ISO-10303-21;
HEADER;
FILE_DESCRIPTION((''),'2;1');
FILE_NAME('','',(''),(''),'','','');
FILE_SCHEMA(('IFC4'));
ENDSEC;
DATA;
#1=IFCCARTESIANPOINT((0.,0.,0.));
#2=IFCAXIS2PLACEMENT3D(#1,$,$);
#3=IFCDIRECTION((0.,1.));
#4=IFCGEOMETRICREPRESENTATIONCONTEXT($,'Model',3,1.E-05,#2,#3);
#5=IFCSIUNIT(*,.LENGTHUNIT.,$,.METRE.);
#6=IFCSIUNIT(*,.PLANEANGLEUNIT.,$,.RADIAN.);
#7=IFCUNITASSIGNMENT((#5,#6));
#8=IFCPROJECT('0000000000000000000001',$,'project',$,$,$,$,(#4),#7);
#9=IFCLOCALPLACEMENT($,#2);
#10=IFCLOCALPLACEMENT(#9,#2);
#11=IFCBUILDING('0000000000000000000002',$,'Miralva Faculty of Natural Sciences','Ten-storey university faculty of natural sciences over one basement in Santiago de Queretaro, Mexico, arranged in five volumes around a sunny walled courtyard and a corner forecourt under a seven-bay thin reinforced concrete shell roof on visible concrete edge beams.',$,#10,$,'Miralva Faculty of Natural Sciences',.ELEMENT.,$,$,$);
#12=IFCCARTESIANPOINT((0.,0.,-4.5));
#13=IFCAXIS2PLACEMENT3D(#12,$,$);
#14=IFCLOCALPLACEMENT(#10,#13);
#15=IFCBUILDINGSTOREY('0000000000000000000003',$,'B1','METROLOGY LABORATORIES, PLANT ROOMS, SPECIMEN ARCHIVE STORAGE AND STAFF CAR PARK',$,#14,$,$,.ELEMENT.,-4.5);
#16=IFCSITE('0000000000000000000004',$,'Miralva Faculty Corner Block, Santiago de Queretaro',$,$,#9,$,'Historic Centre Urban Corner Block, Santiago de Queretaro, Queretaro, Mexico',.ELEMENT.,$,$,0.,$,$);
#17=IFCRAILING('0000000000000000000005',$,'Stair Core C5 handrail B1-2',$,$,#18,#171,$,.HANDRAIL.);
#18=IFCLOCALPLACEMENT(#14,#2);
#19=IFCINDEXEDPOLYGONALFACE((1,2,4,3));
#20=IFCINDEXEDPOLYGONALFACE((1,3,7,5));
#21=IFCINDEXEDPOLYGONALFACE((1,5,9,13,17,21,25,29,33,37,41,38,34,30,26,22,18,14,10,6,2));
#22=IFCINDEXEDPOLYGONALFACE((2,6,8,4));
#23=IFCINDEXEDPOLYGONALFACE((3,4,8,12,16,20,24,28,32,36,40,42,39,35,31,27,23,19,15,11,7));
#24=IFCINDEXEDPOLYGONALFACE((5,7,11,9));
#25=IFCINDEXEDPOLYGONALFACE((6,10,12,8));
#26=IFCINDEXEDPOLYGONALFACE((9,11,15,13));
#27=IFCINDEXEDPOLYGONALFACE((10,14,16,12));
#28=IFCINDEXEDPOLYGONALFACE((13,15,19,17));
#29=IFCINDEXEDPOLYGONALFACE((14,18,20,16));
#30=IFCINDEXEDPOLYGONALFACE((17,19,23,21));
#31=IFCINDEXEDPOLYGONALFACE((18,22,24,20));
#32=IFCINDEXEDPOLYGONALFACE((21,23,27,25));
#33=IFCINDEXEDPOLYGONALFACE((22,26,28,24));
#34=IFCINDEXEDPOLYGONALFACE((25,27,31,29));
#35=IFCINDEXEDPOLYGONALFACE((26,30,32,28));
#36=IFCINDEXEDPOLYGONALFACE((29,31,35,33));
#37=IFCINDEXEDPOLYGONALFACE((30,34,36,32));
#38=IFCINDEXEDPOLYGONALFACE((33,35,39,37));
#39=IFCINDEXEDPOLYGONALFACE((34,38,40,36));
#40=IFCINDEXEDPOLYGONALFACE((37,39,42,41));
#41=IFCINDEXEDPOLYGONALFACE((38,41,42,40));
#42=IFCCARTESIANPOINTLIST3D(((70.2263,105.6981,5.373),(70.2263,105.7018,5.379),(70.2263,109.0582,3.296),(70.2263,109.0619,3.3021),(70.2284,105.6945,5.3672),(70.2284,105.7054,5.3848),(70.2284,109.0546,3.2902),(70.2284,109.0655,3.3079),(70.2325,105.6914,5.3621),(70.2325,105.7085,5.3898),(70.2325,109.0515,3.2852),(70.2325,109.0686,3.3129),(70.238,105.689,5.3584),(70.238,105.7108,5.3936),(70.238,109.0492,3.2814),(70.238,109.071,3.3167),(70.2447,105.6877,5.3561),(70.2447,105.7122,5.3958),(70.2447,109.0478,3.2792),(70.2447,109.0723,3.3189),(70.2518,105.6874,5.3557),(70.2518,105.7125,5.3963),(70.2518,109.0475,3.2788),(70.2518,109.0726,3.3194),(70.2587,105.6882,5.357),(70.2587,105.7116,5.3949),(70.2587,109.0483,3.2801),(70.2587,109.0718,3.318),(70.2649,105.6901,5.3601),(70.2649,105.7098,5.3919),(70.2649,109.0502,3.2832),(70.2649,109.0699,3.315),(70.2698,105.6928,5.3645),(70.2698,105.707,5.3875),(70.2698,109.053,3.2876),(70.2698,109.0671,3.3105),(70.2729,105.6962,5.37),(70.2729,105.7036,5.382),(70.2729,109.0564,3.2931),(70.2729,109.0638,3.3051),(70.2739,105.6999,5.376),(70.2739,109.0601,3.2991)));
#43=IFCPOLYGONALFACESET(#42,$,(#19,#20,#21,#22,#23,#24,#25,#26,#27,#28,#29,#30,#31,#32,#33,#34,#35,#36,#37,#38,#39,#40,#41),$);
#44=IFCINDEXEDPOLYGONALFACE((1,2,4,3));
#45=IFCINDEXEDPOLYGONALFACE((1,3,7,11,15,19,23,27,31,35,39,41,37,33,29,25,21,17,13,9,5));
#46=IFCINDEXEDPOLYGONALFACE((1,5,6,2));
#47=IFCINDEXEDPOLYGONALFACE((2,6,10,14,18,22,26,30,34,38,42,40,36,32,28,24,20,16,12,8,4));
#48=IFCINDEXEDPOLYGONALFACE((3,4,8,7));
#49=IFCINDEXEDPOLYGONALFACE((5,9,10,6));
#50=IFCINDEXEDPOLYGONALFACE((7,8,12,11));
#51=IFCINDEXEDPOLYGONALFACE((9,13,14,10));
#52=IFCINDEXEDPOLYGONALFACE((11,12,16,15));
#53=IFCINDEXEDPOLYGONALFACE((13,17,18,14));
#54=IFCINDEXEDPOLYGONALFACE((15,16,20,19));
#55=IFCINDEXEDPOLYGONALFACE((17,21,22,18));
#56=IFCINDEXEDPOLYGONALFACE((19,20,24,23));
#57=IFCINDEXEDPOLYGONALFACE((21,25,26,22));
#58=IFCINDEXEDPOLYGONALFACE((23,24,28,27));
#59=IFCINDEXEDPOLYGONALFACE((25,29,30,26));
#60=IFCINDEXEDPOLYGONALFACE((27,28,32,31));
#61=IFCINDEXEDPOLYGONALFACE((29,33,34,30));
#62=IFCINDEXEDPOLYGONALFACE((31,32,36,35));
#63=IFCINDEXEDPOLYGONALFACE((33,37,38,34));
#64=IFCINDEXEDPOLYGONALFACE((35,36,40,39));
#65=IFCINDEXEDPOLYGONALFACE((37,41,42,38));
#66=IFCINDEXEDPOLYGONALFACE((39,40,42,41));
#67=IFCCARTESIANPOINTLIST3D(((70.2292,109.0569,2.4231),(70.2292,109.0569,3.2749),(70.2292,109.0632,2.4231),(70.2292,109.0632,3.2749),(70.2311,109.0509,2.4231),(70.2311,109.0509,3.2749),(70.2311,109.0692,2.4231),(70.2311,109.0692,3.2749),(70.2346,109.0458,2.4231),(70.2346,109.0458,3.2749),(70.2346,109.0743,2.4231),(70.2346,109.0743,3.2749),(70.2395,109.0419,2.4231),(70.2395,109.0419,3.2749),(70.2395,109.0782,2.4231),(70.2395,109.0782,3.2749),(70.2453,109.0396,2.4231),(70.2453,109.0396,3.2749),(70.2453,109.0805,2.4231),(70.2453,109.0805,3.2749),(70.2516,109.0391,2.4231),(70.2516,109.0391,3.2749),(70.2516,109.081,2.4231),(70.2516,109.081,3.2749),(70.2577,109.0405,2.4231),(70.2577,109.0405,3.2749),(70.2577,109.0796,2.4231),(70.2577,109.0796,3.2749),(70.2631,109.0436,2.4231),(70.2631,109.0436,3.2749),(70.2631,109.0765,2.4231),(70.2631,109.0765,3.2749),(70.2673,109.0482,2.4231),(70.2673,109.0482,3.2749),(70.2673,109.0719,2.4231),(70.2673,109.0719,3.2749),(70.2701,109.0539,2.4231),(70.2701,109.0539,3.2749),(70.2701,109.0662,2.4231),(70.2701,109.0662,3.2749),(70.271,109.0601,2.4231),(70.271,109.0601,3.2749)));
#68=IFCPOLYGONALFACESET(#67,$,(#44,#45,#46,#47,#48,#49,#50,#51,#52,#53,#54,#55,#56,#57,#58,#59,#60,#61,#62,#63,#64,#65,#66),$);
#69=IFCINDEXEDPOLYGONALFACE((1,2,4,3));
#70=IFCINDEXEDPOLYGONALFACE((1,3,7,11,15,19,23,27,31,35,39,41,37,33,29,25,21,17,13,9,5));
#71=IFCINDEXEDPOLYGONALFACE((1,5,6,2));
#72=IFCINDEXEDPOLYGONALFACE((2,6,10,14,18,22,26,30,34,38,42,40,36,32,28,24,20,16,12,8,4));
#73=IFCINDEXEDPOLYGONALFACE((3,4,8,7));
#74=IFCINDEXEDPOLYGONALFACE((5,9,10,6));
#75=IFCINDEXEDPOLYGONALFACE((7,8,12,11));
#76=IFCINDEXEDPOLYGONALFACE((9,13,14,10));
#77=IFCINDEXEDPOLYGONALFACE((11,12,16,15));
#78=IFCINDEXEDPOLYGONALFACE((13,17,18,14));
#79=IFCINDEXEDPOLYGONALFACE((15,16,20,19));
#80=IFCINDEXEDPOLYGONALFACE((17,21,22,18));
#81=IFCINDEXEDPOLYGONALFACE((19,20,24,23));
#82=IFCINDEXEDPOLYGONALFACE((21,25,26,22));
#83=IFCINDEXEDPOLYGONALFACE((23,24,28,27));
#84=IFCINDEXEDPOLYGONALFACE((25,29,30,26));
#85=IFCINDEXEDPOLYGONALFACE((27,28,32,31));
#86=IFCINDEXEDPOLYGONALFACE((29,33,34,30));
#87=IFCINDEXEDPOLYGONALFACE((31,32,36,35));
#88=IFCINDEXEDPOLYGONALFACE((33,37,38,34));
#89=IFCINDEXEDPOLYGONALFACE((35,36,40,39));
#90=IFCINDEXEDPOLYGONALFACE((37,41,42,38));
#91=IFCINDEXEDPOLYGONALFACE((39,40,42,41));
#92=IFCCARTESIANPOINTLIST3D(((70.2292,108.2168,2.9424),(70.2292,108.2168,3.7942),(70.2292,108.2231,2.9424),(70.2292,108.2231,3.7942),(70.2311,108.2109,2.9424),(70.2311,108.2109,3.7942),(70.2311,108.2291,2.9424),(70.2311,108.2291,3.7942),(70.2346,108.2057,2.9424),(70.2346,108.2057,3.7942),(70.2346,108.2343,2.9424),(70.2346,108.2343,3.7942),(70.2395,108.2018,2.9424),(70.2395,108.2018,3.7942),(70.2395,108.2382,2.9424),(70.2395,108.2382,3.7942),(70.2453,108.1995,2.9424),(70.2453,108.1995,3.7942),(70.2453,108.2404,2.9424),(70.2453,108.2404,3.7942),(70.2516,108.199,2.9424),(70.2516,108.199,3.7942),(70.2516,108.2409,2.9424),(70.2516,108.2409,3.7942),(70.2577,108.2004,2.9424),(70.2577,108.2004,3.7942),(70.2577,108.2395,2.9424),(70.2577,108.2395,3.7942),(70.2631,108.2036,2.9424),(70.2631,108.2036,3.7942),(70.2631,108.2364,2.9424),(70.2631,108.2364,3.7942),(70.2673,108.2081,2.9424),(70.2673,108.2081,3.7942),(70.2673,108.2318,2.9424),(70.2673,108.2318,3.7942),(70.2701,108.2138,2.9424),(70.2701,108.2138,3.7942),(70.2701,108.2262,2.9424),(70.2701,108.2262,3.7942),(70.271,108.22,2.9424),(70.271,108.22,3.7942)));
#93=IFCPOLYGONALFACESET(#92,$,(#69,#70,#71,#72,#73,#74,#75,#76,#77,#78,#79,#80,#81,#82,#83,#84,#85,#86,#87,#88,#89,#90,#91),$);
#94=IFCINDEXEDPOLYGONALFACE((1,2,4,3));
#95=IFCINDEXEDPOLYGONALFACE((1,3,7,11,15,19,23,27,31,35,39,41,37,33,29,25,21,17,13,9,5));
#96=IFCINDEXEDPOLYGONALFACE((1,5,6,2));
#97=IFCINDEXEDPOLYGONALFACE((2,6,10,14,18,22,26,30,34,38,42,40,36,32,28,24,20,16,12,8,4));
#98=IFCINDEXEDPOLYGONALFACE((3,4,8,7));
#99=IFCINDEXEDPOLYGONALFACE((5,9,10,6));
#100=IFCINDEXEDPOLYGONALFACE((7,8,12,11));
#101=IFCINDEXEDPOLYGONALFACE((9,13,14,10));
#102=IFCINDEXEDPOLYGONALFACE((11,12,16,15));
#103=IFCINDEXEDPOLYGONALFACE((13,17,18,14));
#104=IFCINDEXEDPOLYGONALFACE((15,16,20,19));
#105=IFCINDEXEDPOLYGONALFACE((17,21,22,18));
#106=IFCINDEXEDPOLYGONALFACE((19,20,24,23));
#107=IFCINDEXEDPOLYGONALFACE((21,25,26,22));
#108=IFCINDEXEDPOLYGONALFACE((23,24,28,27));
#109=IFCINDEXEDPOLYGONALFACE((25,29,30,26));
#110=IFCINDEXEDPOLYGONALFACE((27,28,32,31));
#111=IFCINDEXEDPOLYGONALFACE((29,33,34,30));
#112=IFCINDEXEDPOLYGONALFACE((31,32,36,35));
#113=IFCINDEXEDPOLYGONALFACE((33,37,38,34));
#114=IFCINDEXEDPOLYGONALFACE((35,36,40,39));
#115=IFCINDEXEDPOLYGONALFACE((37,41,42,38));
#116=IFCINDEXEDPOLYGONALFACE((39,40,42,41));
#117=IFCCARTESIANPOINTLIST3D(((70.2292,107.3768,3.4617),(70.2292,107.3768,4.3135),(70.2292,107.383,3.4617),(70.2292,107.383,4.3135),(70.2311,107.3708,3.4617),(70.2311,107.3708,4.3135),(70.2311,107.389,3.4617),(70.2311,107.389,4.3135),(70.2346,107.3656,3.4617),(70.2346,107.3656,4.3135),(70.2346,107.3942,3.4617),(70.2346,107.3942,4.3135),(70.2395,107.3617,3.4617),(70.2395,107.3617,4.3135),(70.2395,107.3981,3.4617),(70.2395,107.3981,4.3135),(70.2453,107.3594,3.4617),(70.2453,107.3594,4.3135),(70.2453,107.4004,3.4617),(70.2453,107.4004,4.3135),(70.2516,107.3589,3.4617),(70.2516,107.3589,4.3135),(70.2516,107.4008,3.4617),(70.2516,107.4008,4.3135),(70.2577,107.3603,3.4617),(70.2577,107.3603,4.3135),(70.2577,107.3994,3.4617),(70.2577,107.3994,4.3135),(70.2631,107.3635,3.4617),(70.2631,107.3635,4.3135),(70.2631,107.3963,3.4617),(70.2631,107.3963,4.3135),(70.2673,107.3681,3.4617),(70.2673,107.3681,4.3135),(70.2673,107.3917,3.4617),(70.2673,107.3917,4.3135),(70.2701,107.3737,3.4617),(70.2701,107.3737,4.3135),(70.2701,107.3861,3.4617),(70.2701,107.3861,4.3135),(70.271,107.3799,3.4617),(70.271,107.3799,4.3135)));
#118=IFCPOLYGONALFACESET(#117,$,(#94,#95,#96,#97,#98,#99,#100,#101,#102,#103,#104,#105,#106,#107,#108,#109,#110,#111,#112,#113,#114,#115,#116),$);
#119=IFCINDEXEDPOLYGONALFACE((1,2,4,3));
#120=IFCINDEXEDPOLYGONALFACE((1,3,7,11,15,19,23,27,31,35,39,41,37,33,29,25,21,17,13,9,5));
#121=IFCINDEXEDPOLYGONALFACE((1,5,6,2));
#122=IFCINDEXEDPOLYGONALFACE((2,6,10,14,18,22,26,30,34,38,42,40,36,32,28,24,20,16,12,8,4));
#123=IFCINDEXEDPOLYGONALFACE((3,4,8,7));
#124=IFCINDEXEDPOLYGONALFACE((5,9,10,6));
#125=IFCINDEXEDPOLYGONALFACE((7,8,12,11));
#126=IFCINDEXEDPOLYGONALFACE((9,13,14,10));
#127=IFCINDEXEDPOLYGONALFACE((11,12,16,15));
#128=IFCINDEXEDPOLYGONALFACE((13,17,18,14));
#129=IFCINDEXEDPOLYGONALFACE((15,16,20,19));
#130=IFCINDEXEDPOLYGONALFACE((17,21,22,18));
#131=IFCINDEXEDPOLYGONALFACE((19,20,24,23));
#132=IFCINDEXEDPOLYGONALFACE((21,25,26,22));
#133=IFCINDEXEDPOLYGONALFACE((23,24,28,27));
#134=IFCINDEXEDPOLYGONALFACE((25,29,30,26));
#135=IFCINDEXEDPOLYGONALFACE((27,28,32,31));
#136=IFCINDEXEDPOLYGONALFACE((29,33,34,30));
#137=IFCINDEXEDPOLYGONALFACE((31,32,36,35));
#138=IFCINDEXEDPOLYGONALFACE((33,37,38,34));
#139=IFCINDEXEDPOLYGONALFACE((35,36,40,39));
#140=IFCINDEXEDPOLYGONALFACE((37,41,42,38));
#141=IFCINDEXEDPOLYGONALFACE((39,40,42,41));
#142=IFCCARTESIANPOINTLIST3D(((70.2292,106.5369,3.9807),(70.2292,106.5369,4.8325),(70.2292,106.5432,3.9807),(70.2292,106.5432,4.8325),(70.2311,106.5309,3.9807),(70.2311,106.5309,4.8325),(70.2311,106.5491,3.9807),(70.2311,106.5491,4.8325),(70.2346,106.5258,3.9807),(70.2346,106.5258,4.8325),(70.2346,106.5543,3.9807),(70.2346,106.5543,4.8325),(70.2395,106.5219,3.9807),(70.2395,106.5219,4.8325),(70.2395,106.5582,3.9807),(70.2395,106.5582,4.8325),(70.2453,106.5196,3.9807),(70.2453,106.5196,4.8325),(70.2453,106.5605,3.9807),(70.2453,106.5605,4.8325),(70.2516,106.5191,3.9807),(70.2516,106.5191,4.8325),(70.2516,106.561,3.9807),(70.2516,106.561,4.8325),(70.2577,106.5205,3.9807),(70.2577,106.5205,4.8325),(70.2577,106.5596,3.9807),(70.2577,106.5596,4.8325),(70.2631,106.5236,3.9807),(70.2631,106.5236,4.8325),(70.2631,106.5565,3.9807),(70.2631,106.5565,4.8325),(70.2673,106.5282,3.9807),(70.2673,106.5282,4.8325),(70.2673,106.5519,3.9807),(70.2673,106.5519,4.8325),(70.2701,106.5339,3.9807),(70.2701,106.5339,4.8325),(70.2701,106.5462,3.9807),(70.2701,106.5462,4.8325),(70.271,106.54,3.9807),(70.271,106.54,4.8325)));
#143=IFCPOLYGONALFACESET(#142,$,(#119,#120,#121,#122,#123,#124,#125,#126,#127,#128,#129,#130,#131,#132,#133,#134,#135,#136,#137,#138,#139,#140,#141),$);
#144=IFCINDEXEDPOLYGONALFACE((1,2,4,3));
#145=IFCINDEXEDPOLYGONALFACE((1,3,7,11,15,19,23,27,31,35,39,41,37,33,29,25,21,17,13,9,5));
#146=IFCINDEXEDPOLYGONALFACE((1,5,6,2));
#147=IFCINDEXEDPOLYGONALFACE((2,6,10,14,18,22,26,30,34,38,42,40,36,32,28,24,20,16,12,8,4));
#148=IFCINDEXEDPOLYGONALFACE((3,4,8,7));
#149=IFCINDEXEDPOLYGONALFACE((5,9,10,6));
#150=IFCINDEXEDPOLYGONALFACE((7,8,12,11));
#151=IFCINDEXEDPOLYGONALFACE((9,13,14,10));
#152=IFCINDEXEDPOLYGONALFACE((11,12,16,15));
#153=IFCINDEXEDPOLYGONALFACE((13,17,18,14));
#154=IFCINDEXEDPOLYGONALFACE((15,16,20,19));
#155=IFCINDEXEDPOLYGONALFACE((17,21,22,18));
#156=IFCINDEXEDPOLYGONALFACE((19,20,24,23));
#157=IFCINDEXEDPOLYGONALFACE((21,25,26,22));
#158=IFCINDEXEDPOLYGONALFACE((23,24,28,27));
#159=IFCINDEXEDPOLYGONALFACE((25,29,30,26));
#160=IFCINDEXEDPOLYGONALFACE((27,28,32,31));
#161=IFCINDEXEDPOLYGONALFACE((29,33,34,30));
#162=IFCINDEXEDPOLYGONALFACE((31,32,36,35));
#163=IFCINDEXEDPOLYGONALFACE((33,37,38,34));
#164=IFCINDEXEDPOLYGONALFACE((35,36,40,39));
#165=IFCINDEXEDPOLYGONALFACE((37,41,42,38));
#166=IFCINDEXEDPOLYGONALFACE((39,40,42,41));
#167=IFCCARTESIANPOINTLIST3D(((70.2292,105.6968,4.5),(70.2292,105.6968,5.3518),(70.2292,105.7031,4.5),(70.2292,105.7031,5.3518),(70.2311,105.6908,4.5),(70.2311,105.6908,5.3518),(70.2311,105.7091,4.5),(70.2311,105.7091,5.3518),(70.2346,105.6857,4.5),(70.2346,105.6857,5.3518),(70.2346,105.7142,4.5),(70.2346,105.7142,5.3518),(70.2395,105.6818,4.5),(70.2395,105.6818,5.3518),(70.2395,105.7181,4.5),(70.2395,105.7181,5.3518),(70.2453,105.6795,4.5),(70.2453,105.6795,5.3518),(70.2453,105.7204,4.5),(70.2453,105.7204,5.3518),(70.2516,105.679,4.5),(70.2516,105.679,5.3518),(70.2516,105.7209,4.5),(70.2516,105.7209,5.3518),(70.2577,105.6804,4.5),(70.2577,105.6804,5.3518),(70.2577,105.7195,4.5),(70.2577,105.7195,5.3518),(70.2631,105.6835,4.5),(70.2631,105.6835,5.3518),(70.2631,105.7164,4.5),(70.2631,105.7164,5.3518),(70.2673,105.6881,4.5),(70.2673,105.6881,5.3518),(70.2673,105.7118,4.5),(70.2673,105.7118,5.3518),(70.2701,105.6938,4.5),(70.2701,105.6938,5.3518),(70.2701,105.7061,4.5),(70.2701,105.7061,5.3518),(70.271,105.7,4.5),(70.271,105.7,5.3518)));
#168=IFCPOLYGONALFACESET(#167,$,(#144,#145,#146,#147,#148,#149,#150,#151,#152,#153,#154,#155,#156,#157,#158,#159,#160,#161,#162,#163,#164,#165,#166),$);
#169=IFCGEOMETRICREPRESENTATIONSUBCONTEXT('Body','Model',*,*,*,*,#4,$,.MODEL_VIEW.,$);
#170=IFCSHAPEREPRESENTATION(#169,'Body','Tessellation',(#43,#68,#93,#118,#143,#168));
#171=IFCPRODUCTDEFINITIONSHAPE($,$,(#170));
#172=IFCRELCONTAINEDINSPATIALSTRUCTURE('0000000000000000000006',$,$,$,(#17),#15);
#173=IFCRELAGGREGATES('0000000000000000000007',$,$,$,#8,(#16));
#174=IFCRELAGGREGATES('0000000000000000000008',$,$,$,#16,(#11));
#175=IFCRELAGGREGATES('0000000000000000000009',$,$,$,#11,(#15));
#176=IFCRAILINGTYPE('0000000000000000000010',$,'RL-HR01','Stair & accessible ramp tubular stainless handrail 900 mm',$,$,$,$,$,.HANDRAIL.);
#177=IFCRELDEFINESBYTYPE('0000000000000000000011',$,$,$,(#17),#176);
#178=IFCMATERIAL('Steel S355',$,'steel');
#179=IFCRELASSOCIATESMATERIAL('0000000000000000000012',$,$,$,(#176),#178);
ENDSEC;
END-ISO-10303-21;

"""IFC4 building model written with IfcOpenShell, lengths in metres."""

from ifc_helpers import new_model, si_unit, direction, frame, origin, origin_2d, place, context, subcontext, project, spatial, circle, extrude, material, type_object, element, save


model = new_model("IFC4")

# Units and contexts
model_context = context("Model", 3, precision=1e-05, world=origin(), true_north=direction((0.0, 1.0)))
body_context = subcontext(model_context, "Body", "Model", "MODEL_VIEW")
ifc_project = project(units=[si_unit("LENGTHUNIT", "METRE"), si_unit("PLANEANGLEUNIT", "RADIAN")], contexts=[model_context])

# Site, building, storey
site_placement = place(None, origin())
site = spatial("IfcSite", under=ifc_project, at=site_placement, Name="Miralva Faculty Corner Block, Santiago de Queretaro", LongName="Historic Centre Urban Corner Block, Santiago de Queretaro, Queretaro, Mexico", CompositionType="ELEMENT", RefElevation=0.0)
building_placement = place(site_placement, origin())
building = spatial("IfcBuilding", under=site, at=building_placement, Name="Miralva Faculty of Natural Sciences", Description="Ten-storey university faculty of natural sciences over one basement in Santiago de Queretaro, Mexico, arranged in five volumes around a sunny walled courtyard and a corner forecourt under a seven-bay thin reinforced concrete shell roof on visible concrete edge beams.", LongName="Miralva Faculty of Natural Sciences", CompositionType="ELEMENT")
storey_placement = place(building_placement, frame((0.0, 0.0, -4.5)))
storey = spatial("IfcBuildingStorey", under=building, at=storey_placement, Name="B1", Description="METROLOGY LABORATORIES, PLANT ROOMS, SPECIMEN ARCHIVE STORAGE AND STAFF CAR PARK", CompositionType="ELEMENT", Elevation=-4.5)

# Railing
ifc_material_1 = material(Name="Steel S355", Category="steel")
railing_type_1 = type_object("IfcRailingType", Name="RL-HR01", Description="Stair & accessible ramp tubular stainless handrail 900 mm", PredefinedType="HANDRAIL", material=ifc_material_1)
railing_1_placement = place(storey_placement, frame((70.25, 109.0601, 2.4231)))
element("IfcRailing", 1, at=railing_1_placement, inside=storey, type_object=railing_type_1, Name="Stair Core C5 handrail B1-2", PredefinedType="HANDRAIL", context=body_context, shape_type="SweptSolid", body=[
    extrude(circle(Radius=0.0239, at=origin_2d()), frame((0.0, 0.0, 0.876), z_axis=(0.0, -0.850623, 0.525776), x_axis=(1.0, 0.0, 0.0)), (0.0, 0.0, 1.0), 3.9502),
    extrude(circle(Radius=0.021, at=origin_2d()), origin(), (0.0, 0.0, 1.0), 0.8518),
    extrude(circle(Radius=0.021, at=origin_2d()), frame((0.0, -0.8401, 0.5193)), (0.0, 0.0, 1.0), 0.8518),
    extrude(circle(Radius=0.021, at=origin_2d()), frame((0.0, -1.6802, 1.0386)), (0.0, 0.0, 1.0), 0.8518),
    extrude(circle(Radius=0.021, at=origin_2d()), frame((0.0, -2.52, 1.5576)), (0.0, 0.0, 1.0), 0.8518),
    extrude(circle(Radius=0.021, at=origin_2d()), frame((0.0, -3.3601, 2.0769)), (0.0, 0.0, 1.0), 0.8518),
])

save(model, "model.ifc")
